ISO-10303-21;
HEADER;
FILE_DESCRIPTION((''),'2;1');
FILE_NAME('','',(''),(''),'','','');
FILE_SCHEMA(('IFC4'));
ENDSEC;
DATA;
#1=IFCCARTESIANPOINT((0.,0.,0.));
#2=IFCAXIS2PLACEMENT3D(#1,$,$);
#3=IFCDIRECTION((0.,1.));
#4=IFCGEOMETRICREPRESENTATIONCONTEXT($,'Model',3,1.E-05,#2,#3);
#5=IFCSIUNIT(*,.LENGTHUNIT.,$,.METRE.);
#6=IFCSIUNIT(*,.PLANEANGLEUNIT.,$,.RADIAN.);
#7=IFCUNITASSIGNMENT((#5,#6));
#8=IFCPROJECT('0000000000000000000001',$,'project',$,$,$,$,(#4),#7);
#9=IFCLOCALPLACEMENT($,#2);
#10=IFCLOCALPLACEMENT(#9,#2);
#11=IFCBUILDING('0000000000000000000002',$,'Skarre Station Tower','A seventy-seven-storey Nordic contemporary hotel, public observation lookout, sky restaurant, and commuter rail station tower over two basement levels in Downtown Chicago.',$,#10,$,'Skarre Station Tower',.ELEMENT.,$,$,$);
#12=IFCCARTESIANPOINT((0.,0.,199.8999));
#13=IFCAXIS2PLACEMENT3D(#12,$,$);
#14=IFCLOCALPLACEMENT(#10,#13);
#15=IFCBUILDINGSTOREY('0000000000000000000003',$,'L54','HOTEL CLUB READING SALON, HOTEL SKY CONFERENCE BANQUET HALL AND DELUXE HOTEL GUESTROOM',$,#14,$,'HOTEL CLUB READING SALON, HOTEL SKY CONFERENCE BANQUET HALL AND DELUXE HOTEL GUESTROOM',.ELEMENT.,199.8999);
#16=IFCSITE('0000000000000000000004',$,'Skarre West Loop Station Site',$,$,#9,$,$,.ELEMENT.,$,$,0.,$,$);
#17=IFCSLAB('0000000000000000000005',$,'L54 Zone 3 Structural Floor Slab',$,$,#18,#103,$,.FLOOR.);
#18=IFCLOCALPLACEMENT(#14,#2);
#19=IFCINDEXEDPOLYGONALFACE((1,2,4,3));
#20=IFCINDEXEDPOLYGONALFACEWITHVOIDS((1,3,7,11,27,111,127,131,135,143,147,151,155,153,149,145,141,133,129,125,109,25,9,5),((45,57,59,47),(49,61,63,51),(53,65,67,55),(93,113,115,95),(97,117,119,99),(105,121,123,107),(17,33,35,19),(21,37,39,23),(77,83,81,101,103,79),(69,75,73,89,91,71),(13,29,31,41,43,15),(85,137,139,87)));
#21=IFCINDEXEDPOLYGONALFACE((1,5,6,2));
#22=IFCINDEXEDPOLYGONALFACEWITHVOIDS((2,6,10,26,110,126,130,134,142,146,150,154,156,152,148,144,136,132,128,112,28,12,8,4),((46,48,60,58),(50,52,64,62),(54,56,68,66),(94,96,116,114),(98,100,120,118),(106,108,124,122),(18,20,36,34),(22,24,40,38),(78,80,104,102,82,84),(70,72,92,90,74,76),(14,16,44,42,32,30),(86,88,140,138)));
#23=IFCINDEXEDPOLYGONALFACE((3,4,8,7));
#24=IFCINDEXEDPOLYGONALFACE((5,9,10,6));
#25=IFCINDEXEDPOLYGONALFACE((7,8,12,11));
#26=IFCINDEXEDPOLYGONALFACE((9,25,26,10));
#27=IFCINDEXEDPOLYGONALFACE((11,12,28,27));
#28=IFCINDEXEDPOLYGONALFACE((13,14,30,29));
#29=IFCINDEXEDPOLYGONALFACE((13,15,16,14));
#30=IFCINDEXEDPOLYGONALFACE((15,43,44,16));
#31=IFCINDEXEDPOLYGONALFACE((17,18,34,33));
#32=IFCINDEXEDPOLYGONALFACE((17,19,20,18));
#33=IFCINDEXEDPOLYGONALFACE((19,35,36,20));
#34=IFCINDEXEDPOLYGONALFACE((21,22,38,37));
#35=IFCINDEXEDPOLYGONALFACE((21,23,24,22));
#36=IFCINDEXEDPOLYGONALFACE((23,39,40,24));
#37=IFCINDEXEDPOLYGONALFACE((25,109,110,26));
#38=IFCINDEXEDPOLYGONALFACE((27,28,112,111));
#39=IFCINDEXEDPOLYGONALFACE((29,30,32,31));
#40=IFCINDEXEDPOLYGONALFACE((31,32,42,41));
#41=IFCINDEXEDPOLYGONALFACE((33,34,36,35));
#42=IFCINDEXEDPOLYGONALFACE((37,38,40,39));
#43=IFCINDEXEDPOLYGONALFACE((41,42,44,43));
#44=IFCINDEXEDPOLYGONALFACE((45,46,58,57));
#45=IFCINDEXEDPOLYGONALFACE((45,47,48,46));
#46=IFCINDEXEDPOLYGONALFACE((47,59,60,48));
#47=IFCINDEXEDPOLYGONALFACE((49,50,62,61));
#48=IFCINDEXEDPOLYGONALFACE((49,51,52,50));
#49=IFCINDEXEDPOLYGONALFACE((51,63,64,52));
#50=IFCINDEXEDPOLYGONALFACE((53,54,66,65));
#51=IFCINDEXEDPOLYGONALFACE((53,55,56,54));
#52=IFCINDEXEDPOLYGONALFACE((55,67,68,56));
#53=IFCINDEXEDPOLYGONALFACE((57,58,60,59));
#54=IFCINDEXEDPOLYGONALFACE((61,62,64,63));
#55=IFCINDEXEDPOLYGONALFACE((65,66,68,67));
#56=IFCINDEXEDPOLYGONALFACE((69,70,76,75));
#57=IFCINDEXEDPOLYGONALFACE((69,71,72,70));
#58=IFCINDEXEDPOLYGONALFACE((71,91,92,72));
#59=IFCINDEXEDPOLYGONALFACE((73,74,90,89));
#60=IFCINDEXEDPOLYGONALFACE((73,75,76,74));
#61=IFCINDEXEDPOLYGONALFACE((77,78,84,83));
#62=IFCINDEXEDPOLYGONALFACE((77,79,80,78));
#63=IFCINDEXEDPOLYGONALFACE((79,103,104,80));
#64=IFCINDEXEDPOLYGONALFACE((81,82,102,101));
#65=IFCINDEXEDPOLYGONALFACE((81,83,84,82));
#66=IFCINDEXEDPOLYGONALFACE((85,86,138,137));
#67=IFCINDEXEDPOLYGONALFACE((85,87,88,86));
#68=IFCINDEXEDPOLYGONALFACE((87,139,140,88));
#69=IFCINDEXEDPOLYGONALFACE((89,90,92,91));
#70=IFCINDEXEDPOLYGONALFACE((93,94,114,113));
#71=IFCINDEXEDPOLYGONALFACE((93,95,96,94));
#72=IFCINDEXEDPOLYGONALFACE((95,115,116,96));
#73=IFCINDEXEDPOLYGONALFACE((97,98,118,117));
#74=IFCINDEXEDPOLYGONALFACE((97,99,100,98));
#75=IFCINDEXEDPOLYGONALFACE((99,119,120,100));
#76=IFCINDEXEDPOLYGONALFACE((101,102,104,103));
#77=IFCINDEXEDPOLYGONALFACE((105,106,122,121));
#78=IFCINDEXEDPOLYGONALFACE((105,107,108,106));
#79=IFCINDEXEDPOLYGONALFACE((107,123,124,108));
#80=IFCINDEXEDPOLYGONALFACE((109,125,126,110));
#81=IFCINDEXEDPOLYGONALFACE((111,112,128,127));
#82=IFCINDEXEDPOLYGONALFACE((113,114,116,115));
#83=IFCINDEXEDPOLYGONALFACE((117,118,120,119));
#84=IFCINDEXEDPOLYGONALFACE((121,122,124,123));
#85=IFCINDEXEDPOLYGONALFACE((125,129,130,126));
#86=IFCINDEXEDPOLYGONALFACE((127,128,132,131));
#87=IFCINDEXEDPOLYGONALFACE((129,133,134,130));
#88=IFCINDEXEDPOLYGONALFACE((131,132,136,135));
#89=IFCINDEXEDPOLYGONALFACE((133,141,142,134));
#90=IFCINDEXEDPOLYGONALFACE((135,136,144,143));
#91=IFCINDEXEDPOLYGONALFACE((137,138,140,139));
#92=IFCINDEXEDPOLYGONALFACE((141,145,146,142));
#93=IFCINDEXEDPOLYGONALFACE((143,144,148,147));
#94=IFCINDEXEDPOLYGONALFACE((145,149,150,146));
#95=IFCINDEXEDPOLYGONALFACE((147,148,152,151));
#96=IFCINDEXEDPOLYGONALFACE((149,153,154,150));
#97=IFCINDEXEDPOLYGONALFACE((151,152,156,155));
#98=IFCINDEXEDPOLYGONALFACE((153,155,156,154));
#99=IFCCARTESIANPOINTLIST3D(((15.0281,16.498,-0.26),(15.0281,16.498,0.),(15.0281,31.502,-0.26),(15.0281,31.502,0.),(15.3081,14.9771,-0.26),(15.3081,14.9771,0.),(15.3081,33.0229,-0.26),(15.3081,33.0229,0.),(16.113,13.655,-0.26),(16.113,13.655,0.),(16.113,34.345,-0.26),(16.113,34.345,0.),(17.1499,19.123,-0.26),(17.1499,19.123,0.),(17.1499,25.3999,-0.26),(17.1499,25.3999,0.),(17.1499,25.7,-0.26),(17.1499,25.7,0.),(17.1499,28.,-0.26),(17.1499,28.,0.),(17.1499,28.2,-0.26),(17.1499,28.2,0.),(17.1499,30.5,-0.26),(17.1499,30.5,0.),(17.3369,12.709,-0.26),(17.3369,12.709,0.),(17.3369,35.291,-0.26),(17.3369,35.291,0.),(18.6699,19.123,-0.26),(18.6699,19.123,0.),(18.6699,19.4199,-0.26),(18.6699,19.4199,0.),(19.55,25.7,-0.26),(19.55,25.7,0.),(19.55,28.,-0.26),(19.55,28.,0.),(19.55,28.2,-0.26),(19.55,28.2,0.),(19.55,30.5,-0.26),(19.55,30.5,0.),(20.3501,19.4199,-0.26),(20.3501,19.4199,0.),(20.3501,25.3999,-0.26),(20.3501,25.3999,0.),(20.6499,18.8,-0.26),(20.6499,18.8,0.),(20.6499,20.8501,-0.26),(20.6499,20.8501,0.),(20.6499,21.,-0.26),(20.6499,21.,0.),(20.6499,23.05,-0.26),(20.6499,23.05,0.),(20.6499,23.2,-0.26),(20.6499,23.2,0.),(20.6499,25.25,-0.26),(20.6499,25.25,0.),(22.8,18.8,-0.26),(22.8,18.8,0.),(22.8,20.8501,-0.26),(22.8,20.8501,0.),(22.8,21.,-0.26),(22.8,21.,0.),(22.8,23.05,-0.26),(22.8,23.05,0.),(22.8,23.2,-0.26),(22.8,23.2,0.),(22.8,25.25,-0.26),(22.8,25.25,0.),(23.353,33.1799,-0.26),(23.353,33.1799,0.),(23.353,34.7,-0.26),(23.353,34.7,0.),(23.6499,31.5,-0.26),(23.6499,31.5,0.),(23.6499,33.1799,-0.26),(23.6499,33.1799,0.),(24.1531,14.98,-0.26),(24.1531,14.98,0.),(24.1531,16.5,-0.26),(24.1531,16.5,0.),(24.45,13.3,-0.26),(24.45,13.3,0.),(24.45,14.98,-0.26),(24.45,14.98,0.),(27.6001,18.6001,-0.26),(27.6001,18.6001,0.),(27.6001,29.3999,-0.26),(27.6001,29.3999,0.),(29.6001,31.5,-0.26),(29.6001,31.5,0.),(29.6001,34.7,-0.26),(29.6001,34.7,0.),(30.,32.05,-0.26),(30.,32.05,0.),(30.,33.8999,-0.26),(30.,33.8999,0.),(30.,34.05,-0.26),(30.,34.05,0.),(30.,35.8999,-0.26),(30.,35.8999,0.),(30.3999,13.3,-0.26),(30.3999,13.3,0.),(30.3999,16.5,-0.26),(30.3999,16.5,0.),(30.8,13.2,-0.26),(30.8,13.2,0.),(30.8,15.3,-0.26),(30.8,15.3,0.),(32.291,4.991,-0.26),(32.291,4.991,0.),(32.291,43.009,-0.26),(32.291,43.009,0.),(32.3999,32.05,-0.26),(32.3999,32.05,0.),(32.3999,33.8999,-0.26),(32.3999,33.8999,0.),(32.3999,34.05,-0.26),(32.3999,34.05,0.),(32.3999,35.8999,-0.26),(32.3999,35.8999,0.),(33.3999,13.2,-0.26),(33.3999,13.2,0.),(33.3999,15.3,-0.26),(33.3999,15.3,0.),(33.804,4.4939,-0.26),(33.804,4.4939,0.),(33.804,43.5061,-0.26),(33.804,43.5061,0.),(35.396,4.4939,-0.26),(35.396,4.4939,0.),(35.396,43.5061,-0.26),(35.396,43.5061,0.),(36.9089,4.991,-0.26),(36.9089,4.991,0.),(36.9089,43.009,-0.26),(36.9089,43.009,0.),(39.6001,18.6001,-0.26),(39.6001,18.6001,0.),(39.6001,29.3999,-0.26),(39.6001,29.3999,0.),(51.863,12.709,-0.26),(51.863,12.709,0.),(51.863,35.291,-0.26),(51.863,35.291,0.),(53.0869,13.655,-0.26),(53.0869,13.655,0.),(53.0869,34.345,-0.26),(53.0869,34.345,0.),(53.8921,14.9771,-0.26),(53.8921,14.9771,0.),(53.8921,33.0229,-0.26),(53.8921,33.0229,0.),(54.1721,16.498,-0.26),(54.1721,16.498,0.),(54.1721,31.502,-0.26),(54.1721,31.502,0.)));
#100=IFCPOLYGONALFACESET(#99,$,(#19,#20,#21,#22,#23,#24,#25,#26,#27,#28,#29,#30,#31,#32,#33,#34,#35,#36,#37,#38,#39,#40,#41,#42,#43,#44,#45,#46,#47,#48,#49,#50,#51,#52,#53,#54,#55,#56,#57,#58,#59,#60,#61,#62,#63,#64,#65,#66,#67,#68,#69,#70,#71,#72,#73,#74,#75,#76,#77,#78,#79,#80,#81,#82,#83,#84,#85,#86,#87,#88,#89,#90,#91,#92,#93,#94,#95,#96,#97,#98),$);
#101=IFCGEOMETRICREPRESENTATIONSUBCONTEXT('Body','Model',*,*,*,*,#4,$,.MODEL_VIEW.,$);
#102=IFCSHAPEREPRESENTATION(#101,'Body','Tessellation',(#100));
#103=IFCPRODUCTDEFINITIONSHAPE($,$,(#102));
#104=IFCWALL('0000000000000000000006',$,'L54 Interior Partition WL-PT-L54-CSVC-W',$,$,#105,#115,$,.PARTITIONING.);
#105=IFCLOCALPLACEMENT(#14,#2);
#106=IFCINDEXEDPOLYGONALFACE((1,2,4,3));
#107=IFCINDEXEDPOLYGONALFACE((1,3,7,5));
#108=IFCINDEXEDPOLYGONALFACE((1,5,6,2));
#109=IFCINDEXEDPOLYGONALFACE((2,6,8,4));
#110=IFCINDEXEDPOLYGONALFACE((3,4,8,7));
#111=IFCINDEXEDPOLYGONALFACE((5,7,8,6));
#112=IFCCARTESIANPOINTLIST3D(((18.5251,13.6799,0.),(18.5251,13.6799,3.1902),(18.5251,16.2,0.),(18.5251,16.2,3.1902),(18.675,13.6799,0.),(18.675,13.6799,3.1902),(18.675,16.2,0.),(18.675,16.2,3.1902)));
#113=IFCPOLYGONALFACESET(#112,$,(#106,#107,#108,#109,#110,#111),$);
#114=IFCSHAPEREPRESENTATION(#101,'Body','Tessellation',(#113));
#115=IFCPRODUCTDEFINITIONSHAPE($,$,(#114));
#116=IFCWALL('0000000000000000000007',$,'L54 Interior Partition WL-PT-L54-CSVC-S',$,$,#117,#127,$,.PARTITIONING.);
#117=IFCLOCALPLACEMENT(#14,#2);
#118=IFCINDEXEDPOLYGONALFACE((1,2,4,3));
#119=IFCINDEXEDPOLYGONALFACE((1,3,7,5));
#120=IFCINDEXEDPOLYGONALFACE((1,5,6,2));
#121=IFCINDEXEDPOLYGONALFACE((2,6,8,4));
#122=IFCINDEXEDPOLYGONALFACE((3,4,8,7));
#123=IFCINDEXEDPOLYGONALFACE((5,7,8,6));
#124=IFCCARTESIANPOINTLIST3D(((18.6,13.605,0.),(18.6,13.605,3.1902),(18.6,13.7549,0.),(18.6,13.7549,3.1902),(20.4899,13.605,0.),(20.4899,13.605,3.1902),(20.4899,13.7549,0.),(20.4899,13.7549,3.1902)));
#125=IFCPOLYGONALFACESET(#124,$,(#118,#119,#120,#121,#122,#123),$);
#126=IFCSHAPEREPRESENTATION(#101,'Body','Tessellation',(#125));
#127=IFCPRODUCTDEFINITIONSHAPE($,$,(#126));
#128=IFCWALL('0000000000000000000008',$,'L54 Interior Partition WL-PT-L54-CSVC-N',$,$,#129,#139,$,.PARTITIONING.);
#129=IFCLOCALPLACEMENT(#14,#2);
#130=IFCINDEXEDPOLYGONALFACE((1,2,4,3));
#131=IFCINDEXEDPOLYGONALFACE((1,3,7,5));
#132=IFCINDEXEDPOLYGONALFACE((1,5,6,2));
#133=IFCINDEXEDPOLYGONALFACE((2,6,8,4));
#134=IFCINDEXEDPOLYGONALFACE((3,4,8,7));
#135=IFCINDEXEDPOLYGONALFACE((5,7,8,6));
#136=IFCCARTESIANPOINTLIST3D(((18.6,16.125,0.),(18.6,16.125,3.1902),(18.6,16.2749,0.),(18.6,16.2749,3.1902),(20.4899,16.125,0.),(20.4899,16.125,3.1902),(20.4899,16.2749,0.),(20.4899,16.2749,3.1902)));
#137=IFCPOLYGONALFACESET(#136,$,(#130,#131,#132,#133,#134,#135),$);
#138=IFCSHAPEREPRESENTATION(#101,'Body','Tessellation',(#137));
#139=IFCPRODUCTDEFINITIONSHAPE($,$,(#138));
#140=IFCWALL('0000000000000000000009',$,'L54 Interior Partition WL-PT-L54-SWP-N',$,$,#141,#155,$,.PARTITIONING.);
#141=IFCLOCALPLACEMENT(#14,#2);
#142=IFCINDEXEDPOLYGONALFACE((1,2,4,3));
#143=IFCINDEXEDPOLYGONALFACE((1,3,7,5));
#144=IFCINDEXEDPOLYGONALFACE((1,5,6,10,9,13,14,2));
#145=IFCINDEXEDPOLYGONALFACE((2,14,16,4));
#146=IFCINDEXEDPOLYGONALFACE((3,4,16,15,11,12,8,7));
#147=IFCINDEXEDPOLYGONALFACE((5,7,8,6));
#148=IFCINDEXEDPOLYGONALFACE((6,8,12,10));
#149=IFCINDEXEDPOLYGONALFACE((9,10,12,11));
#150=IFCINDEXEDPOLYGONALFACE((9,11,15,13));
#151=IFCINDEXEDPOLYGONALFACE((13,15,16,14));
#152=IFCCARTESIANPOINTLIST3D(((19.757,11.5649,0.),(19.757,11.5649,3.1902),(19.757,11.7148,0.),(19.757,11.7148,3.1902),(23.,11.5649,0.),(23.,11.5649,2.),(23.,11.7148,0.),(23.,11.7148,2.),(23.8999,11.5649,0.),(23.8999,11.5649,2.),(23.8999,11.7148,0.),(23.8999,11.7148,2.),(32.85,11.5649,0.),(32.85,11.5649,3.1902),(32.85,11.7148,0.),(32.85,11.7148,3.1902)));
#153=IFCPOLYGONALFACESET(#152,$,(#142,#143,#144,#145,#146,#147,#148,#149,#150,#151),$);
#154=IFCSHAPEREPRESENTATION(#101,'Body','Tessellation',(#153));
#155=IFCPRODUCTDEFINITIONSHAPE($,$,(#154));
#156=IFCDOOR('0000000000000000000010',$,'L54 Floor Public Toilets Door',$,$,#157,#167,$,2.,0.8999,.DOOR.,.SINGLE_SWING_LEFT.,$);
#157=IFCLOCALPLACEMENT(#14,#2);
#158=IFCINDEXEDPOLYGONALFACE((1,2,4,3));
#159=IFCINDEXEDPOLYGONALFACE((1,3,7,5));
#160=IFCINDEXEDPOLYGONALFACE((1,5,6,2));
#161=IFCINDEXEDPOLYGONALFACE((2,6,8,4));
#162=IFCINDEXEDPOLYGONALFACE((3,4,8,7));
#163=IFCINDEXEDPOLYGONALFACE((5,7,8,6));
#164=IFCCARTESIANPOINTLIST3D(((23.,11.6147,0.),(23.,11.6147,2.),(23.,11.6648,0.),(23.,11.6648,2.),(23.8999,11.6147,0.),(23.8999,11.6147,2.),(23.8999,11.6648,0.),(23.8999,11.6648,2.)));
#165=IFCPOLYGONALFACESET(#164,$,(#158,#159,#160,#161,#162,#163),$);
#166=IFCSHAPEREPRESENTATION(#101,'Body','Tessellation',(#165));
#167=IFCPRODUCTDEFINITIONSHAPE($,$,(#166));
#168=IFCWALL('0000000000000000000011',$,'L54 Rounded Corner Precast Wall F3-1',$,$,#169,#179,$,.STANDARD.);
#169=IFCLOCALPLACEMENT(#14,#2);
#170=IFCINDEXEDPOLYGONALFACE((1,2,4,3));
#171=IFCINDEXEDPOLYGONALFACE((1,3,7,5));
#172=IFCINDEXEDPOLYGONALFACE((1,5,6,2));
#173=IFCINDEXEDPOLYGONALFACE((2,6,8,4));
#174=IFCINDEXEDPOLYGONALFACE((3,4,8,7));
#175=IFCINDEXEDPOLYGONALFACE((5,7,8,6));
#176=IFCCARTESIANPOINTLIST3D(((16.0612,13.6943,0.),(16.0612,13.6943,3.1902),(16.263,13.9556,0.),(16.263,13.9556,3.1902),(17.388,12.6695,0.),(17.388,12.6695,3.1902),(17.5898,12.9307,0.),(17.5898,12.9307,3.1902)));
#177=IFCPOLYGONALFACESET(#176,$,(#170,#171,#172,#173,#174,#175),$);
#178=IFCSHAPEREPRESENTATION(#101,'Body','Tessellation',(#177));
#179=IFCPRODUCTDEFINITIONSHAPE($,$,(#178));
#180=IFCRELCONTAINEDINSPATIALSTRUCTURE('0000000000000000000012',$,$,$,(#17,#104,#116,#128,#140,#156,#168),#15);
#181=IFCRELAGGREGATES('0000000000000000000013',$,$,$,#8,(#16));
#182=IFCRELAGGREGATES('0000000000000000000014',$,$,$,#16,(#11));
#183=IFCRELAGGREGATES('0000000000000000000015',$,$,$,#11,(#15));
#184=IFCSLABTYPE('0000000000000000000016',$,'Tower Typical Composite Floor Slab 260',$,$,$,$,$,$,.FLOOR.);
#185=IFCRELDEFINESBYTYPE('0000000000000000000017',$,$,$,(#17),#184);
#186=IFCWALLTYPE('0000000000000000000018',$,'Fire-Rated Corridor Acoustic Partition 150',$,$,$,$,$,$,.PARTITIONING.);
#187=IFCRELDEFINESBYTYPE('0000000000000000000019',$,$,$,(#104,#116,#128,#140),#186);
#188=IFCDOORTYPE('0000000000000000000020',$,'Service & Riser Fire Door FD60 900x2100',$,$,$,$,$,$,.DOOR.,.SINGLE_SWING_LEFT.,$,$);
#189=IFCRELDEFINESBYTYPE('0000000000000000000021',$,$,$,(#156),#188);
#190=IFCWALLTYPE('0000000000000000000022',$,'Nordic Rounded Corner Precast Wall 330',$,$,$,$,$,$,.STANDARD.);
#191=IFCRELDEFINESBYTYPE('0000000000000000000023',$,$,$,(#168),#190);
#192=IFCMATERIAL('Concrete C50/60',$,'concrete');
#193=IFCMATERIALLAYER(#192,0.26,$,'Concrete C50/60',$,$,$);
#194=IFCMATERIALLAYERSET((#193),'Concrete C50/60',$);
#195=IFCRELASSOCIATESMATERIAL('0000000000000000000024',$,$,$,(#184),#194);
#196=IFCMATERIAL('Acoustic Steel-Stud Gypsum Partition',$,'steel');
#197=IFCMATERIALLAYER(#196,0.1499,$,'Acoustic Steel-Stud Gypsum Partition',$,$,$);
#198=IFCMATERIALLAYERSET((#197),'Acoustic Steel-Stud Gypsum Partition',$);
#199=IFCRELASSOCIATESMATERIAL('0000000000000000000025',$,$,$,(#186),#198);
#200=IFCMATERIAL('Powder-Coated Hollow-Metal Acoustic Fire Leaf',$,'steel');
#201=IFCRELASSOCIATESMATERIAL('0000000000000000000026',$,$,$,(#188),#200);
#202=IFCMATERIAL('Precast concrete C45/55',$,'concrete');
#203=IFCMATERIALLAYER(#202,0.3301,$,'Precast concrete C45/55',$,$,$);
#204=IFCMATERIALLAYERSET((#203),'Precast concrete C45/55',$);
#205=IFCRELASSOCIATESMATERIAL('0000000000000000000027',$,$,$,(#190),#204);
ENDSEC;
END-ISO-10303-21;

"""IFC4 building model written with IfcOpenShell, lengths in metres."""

from ifc_helpers import new_model, si_unit, direction, frame, frame_2d, origin, place, context, subcontext, project, spatial, polyline, rectangle, outline, extrude, material, layer, layer_set, type_object, element, fill, save


model = new_model("IFC4")

# Units and contexts
model_context = context("Model", 3, precision=1e-05, world=origin(), true_north=direction((0.0, 1.0)))
body_context = subcontext(model_context, "Body", "Model", "MODEL_VIEW")
ifc_project = project(units=[si_unit("LENGTHUNIT", "METRE"), si_unit("PLANEANGLEUNIT", "RADIAN")], contexts=[model_context])

# Site, building, storey
site_placement = place(None, origin())
site = spatial("IfcSite", under=ifc_project, at=site_placement, Name="Skarre West Loop Station Site", CompositionType="ELEMENT", RefElevation=0.0)
building_placement = place(site_placement, origin())
building = spatial("IfcBuilding", under=site, at=building_placement, Name="Skarre Station Tower", Description="A seventy-seven-storey Nordic contemporary hotel, public observation lookout, sky restaurant, and commuter rail station tower over two basement levels in Downtown Chicago.", LongName="Skarre Station Tower", CompositionType="ELEMENT")
storey_placement = place(building_placement, frame((0.0, 0.0, 199.8999)))
storey = spatial("IfcBuildingStorey", under=building, at=storey_placement, Name="L54", Description="HOTEL CLUB READING SALON, HOTEL SKY CONFERENCE BANQUET HALL AND DELUXE HOTEL GUESTROOM", LongName="HOTEL CLUB READING SALON, HOTEL SKY CONFERENCE BANQUET HALL AND DELUXE HOTEL GUESTROOM", CompositionType="ELEMENT", Elevation=199.8999)

# Shared definitions
ifc_material_1 = material(Name="Concrete C50/60", Category="concrete")

# Slab
ifc_layer_1 = layer(ifc_material_1, 0.26, Name="Concrete C50/60")
ifc_layer_set_1 = layer_set([ifc_layer_1], Name="Concrete C50/60")
slab_type_1 = type_object("IfcSlabType", Name="Tower Typical Composite Floor Slab 260", PredefinedType="FLOOR", material=ifc_layer_set_1)
slab_1_placement = place(storey_placement, frame((0.0, 0.0, -0.26)))
element("IfcSlab", 1, at=slab_1_placement, inside=storey, type_object=slab_type_1, Name="L54 Zone 3 Structural Floor Slab", PredefinedType="FLOOR", context=body_context, shape_type="SweptSolid", body=[
    extrude(outline(polyline([(54.1721, 31.502), (53.8921, 33.0229), (53.0869, 34.345), (51.863, 35.291), (36.9089, 43.009), (35.396, 43.5061), (33.804, 43.5061), (32.291, 43.009), (17.3369, 35.291), (16.113, 34.345), (15.3081, 33.0229), (15.0281, 31.502), (15.0281, 16.498), (15.3081, 14.9771), (16.113, 13.655), (17.3369, 12.709), (32.291, 4.991), (33.804, 4.4939), (35.396, 4.4939), (36.9089, 4.991), (51.863, 12.709), (53.0869, 13.655), (53.8921, 14.9771), (54.1721, 16.498), (54.1721, 31.502)]), holes=[polyline([(18.6699, 19.4199), (18.6699, 19.123), (17.1499, 19.123), (17.1499, 25.3999), (20.3501, 25.3999), (20.3501, 19.4199), (18.6699, 19.4199)]), polyline([(24.45, 14.98), (24.1531, 14.98), (24.1531, 16.5), (30.3999, 16.5), (30.3999, 13.3), (24.45, 13.3), (24.45, 14.98)]), polyline([(23.6499, 33.1799), (23.353, 33.1799), (23.353, 34.7), (29.6001, 34.7), (29.6001, 31.5), (23.6499, 31.5), (23.6499, 33.1799)]), polyline([(17.1499, 28.0), (19.55, 28.0), (19.55, 25.7), (17.1499, 25.7), (17.1499, 28.0)]), polyline([(17.1499, 30.5), (19.55, 30.5), (19.55, 28.2), (17.1499, 28.2), (17.1499, 30.5)]), polyline([(30.8, 15.3), (33.3999, 15.3), (33.3999, 13.2), (30.8, 13.2), (30.8, 15.3)]), polyline([(20.6499, 20.8501), (22.8, 20.8501), (22.8, 18.8), (20.6499, 18.8), (20.6499, 20.8501)]), polyline([(20.6499, 23.05), (22.8, 23.05), (22.8, 21.0), (20.6499, 21.0), (20.6499, 23.05)]), polyline([(20.6499, 25.25), (22.8, 25.25), (22.8, 23.2), (20.6499, 23.2), (20.6499, 25.25)]), polyline([(30.0, 33.8999), (32.3999, 33.8999), (32.3999, 32.05), (30.0, 32.05), (30.0, 33.8999)]), polyline([(30.0, 35.8999), (32.3999, 35.8999), (32.3999, 34.05), (30.0, 34.05), (30.0, 35.8999)]), polyline([(27.6001, 29.3999), (39.6001, 29.3999), (39.6001, 18.6001), (27.6001, 18.6001), (27.6001, 29.3999)])]), origin(), (0.0, 0.0, 1.0), 0.26),
])

# Walls
ifc_material_2 = material(Name="Acoustic Steel-Stud Gypsum Partition", Category="steel")
ifc_layer_2 = layer(ifc_material_2, 0.1499, Name="Acoustic Steel-Stud Gypsum Partition")
ifc_layer_set_2 = layer_set([ifc_layer_2], Name="Acoustic Steel-Stud Gypsum Partition")
wall_type_1 = type_object("IfcWallType", Name="Fire-Rated Corridor Acoustic Partition 150", PredefinedType="PARTITIONING", material=ifc_layer_set_2)
wall_1_placement = place(storey_placement, frame((18.6001, 16.2, 0.0), z_axis=(0.0, 0.0, 1.0), x_axis=(0.0, -1.0, 0.0)))
element("IfcWall", 2, at=wall_1_placement, inside=storey, type_object=wall_type_1, Name="L54 Interior Partition WL-PT-L54-CSVC-W", PredefinedType="PARTITIONING", context=body_context, shape_type="SweptSolid", body=[
    extrude(rectangle(XDim=2.52, YDim=0.1499, at=frame_2d((1.26, 0.0))), origin(), (0.0, 0.0, 1.0), 3.1902),
])
for number, where, z_axis, x_axis, name in (
    (3, (18.6001, 13.6799, 0.0), (0.0, 0.0, 1.0), (1.0, 0.0, 0.0), "L54 Interior Partition WL-PT-L54-CSVC-S"),
    (4, (18.6001, 16.2, 0.0), (0.0, 0.0, 1.0), (1.0, 0.0, 0.0), "L54 Interior Partition WL-PT-L54-CSVC-N"),
):
    element("IfcWall", number, at=place(storey_placement, frame(where, z_axis=z_axis, x_axis=x_axis)), inside=storey, type_object=wall_type_1, Name=name, PredefinedType="PARTITIONING", context=body_context, shape_type="SweptSolid", body=[
        extrude(rectangle(XDim=1.8899, YDim=0.1499, at=frame_2d((0.9448, 0.0))), origin(), (0.0, 0.0, 1.0), 3.1902),
    ])

# Wall, opening, door
wall_2_placement = place(storey_placement, frame((19.7571, 11.6399, 0.0), z_axis=(0.0, 0.0, 1.0), x_axis=(1.0, 0.0, 0.0)))
wall_2 = element("IfcWall", 5, at=wall_2_placement, inside=storey, type_object=wall_type_1, Name="L54 Interior Partition WL-PT-L54-SWP-N", PredefinedType="PARTITIONING", context=body_context, shape_type="SweptSolid", body=[
    extrude(rectangle(XDim=13.093, YDim=0.1499, at=frame_2d((6.5464, 0.0))), origin(), (0.0, 0.0, 1.0), 3.1902),
])
opening_1_placement = place(wall_2_placement, frame((3.2429, 0.0, 0.0)))
opening_1 = element("IfcOpeningElement", 6, at=opening_1_placement, cuts=wall_2, PredefinedType="OPENING", context=body_context, shape_type="SweptSolid", body=[
    extrude(rectangle(XDim=0.8999, YDim=2.0, at=frame_2d((0.45, 1.0))), frame((0.0, 0.085, 0.0), z_axis=(0.0, -1.0, 0.0), x_axis=(1.0, 0.0, 0.0)), (0.0, 0.0, 1.0), 0.1699),
])
ifc_material_3 = material(Name="Powder-Coated Hollow-Metal Acoustic Fire Leaf", Category="steel")
door_type = type_object("IfcDoorType", Name="Service & Riser Fire Door FD60 900x2100", OperationType="SINGLE_SWING_LEFT", PredefinedType="DOOR", material=ifc_material_3)
door_placement = place(opening_1_placement, origin())
door = element("IfcDoor", 7, at=door_placement, inside=storey, type_object=door_type, Name="L54 Floor Public Toilets Door", OperationType="SINGLE_SWING_LEFT", OverallHeight=2.0, OverallWidth=0.8999, PredefinedType="DOOR", context=body_context, shape_type="SweptSolid", body=[
    extrude(rectangle(XDim=0.8999, YDim=2.0, at=frame_2d((0.45, 1.0))), frame((0.0, 0.0249, 0.0), z_axis=(0.0, -1.0, 0.0), x_axis=(1.0, 0.0, 0.0)), (0.0, 0.0, 1.0), 0.05),
])
fill(opening_1, door)

# Wall
ifc_material_4 = material(Name="Precast concrete C45/55", Category="concrete")
ifc_layer_3 = layer(ifc_material_4, 0.3301, Name="Precast concrete C45/55")
ifc_layer_set_3 = layer_set([ifc_layer_3], Name="Precast concrete C45/55")
wall_type_2 = type_object("IfcWallType", Name="Nordic Rounded Corner Precast Wall 330", PredefinedType="STANDARD", material=ifc_layer_set_3)
wall_3_placement = place(storey_placement, frame((17.489, 12.8, 0.0), z_axis=(0.0, 0.0, 1.0), x_axis=(-0.79141, 0.611286, 0.0)))
element("IfcWall", 8, at=wall_3_placement, inside=storey, type_object=wall_type_2, Name="L54 Rounded Corner Precast Wall F3-1", PredefinedType="STANDARD", context=body_context, shape_type="SweptSolid", body=[
    extrude(rectangle(XDim=1.6765, YDim=0.3301, at=frame_2d((0.8384, 0.0))), origin(), (0.0, 0.0, 1.0), 3.1902),
])

save(model, "model.ifc")
